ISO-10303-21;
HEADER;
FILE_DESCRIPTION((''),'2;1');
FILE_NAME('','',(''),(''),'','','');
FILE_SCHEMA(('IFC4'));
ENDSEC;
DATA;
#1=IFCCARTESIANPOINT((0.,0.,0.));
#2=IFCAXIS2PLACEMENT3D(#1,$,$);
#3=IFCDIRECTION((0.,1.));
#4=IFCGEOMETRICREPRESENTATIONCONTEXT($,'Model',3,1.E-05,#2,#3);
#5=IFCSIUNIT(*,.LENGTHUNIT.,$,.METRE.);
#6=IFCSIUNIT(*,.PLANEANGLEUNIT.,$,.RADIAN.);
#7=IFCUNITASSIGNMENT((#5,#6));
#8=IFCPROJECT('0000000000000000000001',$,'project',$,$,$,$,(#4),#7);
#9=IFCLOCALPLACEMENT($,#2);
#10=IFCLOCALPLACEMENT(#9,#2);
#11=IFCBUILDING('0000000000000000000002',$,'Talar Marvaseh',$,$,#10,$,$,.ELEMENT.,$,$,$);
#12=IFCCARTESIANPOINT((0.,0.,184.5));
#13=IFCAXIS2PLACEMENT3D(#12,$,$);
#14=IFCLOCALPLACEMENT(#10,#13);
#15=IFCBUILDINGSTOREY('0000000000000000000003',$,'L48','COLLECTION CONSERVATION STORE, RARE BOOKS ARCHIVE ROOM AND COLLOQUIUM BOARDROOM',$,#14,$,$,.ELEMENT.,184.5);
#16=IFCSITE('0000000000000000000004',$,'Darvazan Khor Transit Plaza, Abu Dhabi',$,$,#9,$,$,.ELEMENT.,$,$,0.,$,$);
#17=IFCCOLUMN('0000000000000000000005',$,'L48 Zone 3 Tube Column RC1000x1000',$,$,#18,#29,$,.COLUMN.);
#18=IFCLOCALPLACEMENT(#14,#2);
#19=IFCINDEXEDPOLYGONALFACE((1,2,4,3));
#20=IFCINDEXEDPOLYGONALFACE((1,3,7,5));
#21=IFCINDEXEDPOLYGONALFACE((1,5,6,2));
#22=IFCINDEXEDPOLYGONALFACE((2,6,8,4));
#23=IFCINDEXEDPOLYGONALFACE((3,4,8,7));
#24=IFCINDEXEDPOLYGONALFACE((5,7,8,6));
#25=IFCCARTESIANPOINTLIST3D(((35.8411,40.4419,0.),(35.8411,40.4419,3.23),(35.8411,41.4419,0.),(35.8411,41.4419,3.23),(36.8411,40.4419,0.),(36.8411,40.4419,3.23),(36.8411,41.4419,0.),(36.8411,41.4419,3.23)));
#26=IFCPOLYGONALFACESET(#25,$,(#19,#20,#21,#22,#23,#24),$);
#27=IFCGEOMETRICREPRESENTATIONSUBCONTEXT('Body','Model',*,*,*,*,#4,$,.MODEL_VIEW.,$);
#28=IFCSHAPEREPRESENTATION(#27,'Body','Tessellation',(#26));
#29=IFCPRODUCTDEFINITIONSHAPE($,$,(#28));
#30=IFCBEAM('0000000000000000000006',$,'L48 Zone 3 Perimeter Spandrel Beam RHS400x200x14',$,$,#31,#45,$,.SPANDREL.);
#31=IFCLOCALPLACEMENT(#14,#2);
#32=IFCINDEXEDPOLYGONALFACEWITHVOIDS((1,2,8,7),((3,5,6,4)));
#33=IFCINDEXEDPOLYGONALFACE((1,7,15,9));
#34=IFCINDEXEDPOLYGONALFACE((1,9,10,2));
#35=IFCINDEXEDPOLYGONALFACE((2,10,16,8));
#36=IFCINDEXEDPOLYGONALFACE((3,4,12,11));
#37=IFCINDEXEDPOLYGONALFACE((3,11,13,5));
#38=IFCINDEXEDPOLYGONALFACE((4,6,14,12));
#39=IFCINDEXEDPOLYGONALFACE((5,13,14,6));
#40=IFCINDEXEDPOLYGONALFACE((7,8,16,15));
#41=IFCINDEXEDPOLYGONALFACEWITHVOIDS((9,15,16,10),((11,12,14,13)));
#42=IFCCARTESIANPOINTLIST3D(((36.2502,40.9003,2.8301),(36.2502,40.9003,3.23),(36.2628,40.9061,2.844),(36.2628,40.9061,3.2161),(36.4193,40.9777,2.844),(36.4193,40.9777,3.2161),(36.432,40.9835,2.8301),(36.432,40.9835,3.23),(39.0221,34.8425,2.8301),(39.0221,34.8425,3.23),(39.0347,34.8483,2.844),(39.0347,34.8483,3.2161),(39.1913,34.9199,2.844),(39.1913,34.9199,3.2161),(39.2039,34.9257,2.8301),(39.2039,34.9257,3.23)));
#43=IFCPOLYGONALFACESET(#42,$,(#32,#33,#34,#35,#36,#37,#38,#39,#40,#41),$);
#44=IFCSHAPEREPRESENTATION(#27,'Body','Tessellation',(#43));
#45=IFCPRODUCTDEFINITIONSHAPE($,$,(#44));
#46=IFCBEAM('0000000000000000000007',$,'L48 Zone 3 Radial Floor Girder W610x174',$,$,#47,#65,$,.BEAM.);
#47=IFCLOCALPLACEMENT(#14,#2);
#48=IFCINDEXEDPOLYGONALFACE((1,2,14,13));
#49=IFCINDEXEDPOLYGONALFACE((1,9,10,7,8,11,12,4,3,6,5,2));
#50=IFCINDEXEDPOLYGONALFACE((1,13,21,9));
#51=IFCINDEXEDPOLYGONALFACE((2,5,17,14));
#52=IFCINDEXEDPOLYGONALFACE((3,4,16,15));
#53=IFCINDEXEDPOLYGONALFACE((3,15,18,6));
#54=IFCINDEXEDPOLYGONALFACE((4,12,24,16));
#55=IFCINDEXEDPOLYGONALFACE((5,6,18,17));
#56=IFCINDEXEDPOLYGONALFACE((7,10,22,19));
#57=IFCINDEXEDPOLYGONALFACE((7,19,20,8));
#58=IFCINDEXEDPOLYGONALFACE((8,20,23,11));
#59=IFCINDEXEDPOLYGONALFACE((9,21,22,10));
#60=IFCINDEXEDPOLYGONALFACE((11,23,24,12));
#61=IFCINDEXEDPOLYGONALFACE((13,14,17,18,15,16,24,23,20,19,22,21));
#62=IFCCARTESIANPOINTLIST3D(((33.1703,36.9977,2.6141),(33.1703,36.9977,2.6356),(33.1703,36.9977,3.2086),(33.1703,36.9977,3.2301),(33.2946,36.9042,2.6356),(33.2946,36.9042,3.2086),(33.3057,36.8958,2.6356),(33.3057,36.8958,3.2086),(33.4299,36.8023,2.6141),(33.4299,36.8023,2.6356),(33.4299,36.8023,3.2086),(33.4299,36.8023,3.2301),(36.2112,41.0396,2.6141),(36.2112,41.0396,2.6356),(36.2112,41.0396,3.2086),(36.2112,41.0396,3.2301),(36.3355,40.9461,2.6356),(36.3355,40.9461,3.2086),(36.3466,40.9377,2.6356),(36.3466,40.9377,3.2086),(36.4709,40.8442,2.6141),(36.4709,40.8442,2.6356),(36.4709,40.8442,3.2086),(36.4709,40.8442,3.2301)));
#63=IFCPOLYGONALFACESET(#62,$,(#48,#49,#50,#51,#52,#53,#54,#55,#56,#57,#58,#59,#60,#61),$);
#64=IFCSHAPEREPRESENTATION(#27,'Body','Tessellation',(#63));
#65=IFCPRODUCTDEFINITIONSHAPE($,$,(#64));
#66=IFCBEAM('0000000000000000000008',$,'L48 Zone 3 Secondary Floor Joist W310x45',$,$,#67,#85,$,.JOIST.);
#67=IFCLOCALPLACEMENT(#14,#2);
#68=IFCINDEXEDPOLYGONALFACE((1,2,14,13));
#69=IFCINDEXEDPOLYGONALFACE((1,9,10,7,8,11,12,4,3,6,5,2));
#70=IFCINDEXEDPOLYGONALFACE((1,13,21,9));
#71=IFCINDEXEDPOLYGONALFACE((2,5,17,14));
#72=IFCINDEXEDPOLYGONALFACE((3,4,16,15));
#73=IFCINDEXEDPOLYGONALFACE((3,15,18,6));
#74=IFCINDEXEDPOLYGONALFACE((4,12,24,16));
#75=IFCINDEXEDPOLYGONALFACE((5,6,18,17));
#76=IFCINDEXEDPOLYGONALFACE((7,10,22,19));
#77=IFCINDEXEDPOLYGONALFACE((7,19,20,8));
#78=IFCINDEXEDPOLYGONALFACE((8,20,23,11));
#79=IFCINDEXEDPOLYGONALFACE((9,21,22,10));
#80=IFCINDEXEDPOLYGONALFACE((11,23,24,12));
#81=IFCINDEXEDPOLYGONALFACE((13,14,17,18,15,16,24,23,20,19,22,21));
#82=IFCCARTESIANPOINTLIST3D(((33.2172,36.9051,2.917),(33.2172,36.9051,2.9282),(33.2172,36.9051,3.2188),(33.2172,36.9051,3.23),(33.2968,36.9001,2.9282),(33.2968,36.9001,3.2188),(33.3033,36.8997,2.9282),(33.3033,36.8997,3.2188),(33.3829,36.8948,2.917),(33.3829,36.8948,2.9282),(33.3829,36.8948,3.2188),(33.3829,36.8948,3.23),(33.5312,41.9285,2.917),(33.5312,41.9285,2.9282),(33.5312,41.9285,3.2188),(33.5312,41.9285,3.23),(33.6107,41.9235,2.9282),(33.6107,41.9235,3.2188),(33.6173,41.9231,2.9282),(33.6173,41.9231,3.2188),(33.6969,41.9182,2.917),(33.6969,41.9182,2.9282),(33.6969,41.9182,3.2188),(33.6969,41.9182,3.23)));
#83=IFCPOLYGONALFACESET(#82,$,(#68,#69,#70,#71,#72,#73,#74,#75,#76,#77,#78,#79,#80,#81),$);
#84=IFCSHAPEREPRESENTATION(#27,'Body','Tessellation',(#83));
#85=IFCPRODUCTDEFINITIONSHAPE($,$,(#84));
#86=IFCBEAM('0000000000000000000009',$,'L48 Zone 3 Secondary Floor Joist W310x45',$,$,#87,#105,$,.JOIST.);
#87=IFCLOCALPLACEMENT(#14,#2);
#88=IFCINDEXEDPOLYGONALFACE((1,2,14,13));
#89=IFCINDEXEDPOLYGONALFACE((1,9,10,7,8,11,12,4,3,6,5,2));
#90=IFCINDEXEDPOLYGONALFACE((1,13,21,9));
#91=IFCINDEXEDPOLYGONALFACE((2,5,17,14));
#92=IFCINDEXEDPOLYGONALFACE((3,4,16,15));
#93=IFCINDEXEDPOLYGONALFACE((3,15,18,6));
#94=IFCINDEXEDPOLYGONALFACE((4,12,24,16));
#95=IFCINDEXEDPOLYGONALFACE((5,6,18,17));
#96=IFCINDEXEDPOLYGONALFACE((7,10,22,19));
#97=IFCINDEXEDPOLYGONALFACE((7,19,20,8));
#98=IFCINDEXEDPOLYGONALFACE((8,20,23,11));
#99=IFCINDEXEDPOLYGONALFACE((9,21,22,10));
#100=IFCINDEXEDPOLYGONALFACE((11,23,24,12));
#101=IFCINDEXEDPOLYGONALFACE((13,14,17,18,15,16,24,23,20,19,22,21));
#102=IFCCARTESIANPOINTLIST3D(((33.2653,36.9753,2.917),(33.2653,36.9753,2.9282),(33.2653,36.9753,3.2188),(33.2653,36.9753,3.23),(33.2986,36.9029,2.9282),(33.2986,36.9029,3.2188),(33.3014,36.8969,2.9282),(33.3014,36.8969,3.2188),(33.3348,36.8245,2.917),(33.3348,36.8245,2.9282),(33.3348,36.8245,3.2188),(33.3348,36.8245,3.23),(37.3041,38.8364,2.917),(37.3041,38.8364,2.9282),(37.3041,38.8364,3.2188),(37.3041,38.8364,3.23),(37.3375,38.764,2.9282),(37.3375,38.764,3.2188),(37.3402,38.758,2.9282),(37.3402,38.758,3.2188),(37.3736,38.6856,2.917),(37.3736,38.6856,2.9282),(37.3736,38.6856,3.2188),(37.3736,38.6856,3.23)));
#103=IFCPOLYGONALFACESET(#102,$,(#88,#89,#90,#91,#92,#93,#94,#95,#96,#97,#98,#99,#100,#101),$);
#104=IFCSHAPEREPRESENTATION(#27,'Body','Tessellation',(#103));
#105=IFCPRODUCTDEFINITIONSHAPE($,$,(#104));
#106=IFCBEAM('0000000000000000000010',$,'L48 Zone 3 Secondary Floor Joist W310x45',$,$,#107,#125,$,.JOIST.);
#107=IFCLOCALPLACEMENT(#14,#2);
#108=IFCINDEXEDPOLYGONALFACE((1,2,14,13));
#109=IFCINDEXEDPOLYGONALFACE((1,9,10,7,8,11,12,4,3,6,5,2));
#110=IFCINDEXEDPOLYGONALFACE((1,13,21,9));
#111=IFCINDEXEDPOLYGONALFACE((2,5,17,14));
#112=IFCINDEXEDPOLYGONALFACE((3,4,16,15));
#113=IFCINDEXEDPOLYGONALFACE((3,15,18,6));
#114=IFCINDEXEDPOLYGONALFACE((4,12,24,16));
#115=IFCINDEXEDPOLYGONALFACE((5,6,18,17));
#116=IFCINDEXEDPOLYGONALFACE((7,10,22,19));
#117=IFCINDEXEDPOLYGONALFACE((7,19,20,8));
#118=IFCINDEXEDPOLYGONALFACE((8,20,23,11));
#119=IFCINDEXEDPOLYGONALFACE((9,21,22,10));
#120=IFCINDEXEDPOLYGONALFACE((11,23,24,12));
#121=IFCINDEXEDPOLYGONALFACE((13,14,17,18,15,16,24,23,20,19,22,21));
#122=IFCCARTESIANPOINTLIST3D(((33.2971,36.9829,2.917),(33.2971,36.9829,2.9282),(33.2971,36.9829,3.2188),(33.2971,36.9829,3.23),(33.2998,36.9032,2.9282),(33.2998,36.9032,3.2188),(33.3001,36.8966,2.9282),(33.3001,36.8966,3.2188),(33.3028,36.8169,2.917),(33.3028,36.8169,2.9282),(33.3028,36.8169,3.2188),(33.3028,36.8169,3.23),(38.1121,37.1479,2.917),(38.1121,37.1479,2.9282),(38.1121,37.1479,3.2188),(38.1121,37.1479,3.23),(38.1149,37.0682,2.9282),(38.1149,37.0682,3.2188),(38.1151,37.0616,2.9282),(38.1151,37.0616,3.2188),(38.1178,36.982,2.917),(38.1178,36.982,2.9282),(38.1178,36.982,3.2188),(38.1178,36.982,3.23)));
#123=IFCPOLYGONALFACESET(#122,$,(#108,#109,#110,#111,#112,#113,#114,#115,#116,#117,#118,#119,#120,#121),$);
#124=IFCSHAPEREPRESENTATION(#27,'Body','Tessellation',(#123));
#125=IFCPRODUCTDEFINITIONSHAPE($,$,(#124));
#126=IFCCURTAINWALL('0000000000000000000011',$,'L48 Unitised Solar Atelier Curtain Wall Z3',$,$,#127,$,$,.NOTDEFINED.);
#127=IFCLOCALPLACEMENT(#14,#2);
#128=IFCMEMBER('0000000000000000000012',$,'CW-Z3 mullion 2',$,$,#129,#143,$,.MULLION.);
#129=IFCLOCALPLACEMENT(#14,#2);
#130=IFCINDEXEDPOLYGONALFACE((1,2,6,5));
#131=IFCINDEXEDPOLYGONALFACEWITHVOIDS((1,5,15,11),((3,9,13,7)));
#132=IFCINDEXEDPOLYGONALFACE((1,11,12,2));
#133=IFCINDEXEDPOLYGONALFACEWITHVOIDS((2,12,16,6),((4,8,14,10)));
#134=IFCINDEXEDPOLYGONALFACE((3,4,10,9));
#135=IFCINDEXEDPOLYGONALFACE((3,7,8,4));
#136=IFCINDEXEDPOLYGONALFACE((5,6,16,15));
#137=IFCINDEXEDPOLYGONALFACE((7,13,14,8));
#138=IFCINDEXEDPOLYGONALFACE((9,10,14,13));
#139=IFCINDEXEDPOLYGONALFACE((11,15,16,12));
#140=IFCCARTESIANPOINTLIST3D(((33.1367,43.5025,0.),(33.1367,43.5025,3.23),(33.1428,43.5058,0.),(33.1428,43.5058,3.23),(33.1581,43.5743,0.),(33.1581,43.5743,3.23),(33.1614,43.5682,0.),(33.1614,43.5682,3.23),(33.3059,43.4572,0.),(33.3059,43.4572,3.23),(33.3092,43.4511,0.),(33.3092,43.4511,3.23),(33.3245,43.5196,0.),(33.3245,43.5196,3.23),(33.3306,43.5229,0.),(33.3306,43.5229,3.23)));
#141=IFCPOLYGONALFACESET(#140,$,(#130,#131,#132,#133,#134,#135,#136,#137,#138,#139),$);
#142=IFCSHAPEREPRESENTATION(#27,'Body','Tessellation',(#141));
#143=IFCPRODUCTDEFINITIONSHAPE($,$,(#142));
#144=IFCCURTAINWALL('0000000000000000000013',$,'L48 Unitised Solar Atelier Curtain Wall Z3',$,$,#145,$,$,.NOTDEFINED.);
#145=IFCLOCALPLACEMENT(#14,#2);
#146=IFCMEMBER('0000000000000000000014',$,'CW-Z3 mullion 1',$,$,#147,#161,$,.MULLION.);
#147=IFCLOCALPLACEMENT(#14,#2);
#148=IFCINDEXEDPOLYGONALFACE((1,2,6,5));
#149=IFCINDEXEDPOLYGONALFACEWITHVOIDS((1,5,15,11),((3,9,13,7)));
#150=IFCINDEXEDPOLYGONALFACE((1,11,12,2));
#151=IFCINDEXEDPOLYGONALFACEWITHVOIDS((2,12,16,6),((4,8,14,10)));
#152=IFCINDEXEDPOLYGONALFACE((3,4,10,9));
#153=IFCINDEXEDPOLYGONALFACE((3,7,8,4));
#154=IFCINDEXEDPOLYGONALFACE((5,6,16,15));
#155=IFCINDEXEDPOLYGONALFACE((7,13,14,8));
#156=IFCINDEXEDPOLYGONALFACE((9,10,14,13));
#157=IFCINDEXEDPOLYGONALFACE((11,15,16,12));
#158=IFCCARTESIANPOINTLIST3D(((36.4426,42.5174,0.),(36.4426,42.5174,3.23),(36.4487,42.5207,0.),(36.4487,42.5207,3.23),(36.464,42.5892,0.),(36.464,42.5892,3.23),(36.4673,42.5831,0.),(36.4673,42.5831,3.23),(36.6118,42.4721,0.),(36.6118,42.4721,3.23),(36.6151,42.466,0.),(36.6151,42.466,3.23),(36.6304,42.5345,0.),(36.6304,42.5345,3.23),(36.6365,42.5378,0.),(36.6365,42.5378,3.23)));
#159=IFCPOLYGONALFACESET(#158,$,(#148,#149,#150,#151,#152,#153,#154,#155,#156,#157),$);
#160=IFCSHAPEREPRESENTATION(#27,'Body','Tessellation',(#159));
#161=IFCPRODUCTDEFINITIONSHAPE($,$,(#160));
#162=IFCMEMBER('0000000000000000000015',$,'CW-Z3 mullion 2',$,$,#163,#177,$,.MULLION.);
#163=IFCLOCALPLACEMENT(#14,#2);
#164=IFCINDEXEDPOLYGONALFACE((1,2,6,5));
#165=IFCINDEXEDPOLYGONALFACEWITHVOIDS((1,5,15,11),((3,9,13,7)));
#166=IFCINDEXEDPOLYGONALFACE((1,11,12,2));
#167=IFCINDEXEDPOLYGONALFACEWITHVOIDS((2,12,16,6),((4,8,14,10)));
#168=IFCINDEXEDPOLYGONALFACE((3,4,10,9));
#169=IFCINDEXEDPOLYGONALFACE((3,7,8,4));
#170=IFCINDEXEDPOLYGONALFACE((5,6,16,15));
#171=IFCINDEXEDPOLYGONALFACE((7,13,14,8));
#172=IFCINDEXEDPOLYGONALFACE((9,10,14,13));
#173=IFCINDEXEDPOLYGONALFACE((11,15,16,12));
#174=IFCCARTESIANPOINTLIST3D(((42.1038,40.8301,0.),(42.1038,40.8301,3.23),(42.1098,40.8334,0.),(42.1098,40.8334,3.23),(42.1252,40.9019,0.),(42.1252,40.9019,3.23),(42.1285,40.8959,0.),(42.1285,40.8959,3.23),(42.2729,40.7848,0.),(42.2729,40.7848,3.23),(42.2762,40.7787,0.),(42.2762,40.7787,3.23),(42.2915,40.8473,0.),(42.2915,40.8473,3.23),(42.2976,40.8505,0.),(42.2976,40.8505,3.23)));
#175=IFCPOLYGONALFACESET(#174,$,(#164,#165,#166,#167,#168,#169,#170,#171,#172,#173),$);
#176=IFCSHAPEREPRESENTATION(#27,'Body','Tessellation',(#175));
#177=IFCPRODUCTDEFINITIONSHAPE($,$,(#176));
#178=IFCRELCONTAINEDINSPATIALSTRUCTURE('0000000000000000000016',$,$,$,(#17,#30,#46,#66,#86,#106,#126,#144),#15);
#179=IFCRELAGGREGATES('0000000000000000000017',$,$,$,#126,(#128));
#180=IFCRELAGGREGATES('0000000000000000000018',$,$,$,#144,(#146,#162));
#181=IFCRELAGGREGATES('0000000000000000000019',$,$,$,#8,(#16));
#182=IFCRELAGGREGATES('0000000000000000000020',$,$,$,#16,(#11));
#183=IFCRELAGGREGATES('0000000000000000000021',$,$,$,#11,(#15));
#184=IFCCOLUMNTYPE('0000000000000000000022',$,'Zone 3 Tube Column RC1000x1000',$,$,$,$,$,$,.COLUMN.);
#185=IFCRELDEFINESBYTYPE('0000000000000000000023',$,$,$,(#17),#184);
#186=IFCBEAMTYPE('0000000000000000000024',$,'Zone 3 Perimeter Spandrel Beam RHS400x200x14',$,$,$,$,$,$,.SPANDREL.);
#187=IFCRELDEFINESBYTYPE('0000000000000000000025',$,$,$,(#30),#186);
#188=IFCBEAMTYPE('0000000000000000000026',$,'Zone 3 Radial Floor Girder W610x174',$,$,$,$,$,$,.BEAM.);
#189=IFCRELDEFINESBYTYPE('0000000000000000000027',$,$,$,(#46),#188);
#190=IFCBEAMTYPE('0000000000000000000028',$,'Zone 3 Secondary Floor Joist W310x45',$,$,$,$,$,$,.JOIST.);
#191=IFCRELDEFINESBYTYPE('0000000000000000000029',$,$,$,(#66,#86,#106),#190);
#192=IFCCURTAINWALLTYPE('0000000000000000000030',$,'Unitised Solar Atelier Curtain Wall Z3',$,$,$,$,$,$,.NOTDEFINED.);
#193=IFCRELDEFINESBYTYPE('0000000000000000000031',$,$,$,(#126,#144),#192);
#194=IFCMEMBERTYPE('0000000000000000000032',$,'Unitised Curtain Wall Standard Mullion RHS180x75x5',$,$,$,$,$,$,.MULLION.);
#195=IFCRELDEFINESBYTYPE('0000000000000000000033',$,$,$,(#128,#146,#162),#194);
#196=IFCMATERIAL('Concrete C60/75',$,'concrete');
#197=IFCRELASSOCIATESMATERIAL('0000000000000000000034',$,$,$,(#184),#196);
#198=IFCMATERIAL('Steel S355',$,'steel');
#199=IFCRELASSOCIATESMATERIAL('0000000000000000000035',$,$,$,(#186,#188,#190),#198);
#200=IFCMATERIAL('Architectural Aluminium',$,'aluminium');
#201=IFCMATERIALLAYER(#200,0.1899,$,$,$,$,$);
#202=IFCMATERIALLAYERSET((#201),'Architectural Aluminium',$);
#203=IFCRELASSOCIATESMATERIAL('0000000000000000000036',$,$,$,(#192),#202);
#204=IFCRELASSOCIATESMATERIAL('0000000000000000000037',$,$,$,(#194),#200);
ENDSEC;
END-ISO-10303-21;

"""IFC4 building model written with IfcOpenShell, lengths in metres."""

from ifc_helpers import new_model, si_unit, direction, frame, origin, origin_2d, place, context, subcontext, project, spatial, rectangle, hollow_rectangle, i_section, extrude, source, transform, mapped, material, layer, layer_set, material_profile, profile_set, type_object, type_shapes, element, aggregate, save


model = new_model("IFC4")

# Units and contexts
model_context = context("Model", 3, precision=1e-05, world=origin(), true_north=direction((0.0, 1.0)))
body_context = subcontext(model_context, "Body", "Model", "MODEL_VIEW")
ifc_project = project(units=[si_unit("LENGTHUNIT", "METRE"), si_unit("PLANEANGLEUNIT", "RADIAN")], contexts=[model_context])

# Site, building, storey
site_placement = place(None, origin())
site = spatial("IfcSite", under=ifc_project, at=site_placement, Name="Darvazan Khor Transit Plaza, Abu Dhabi", CompositionType="ELEMENT", RefElevation=0.0)
building_placement = place(site_placement, origin())
building = spatial("IfcBuilding", under=site, at=building_placement, Name="Talar Marvaseh", CompositionType="ELEMENT")
storey_placement = place(building_placement, frame((0.0, 0.0, 184.5)))
storey = spatial("IfcBuildingStorey", under=building, at=storey_placement, Name="L48", Description="COLLECTION CONSERVATION STORE, RARE BOOKS ARCHIVE ROOM AND COLLOQUIUM BOARDROOM", CompositionType="ELEMENT", Elevation=184.5)

# Column
ifc_material_1 = material(Name="Concrete C60/75", Category="concrete")
ifc_material_profile_1 = material_profile(ifc_material_1, rectangle(XDim=1.0, YDim=1.0, at=origin_2d()), Name="RC1000x1000")
ifc_profile_set_1 = profile_set([ifc_material_profile_1], Name="Concrete C60/75")
column_type = type_object("IfcColumnType", Name="Zone 3 Tube Column RC1000x1000", PredefinedType="COLUMN", material=ifc_profile_set_1)
column_placement = place(storey_placement, frame((36.3411, 40.9419, 0.0), z_axis=(0.0, 0.0, 1.0), x_axis=(1.0, 0.0, 0.0)))
element("IfcColumn", 1, at=column_placement, inside=storey, type_object=column_type, Name="L48 Zone 3 Tube Column RC1000x1000", PredefinedType="COLUMN", context=body_context, shape_type="SweptSolid", body=[
    extrude(rectangle(XDim=1.0, YDim=1.0, at=origin_2d()), origin(), (0.0, 0.0, 1.0), 3.23),
])

# Beams
ifc_material_2 = material(Name="Steel S355", Category="steel")
ifc_material_profile_2 = material_profile(ifc_material_2, hollow_rectangle(XDim=0.2, YDim=0.3999, WallThickness=0.0139, at=origin_2d()), Name="RHS400x200x14")
ifc_profile_set_2 = profile_set([ifc_material_profile_2], Name="Steel S355")
beam_type_1 = type_object("IfcBeamType", Name="Zone 3 Perimeter Spandrel Beam RHS400x200x14", PredefinedType="SPANDREL", material=ifc_profile_set_2)
beam_1_placement = place(storey_placement, frame((36.3411, 40.9419, 3.03), z_axis=(0.416091, -0.909323, 0.0), x_axis=(0.909323, 0.416091, 0.0)))
element("IfcBeam", 2, at=beam_1_placement, inside=storey, type_object=beam_type_1, Name="L48 Zone 3 Perimeter Spandrel Beam RHS400x200x14", PredefinedType="SPANDREL", context=body_context, shape_type="SweptSolid", body=[
    extrude(hollow_rectangle(XDim=0.2, YDim=0.3999, WallThickness=0.0139, at=origin_2d()), origin(), (0.0, 0.0, 1.0), 6.6619),
])
ifc_material_profile_3 = material_profile(ifc_material_2, i_section(OverallWidth=0.325, OverallDepth=0.616, WebThickness=0.0139, FlangeThickness=0.0215, at=origin_2d()), Name="W610x174")
ifc_profile_set_3 = profile_set([ifc_material_profile_3], Name="Steel S355")
beam_type_2 = type_object("IfcBeamType", Name="Zone 3 Radial Floor Girder W610x174", PredefinedType="BEAM", material=ifc_profile_set_3)
beam_2_placement = place(storey_placement, frame((36.3411, 40.9419, 2.9221), z_axis=(-0.601204, -0.799096, 0.0), x_axis=(0.799096, -0.601204, 0.0)))
element("IfcBeam", 3, at=beam_2_placement, inside=storey, type_object=beam_type_2, Name="L48 Zone 3 Radial Floor Girder W610x174", PredefinedType="BEAM", context=body_context, shape_type="SweptSolid", body=[
    extrude(i_section(OverallWidth=0.325, OverallDepth=0.616, WebThickness=0.0139, FlangeThickness=0.0215, at=origin_2d()), origin(), (0.0, 0.0, 1.0), 5.0581),
])
ifc_material_profile_4 = material_profile(ifc_material_2, i_section(OverallWidth=0.166, OverallDepth=0.313, WebThickness=0.0066, FlangeThickness=0.0112, at=origin_2d()), Name="W310x45")
ifc_profile_set_4 = profile_set([ifc_material_profile_4], Name="Steel S355")
beam_type_3 = type_object("IfcBeamType", Name="Zone 3 Secondary Floor Joist W310x45", PredefinedType="JOIST", material=ifc_profile_set_4)
beam_3_placement = place(storey_placement, frame((33.614, 41.9233, 3.0735), z_axis=(-0.062378, -0.998053, 0.0), x_axis=(0.998053, -0.062378, 0.0)))
element("IfcBeam", 4, at=beam_3_placement, inside=storey, type_object=beam_type_3, Name="L48 Zone 3 Secondary Floor Joist W310x45", PredefinedType="JOIST", context=body_context, shape_type="SweptSolid", body=[
    extrude(i_section(OverallWidth=0.166, OverallDepth=0.313, WebThickness=0.0066, FlangeThickness=0.0112, at=origin_2d()), origin(), (0.0, 0.0, 1.0), 5.0332),
])
beam_4_placement = place(storey_placement, frame((37.3389, 38.761, 3.0735), z_axis=(-0.908215, -0.418505, 0.0), x_axis=(0.418505, -0.908215, 0.0)))
element("IfcBeam", 5, at=beam_4_placement, inside=storey, type_object=beam_type_3, Name="L48 Zone 3 Secondary Floor Joist W310x45", PredefinedType="JOIST", context=body_context, shape_type="SweptSolid", body=[
    extrude(i_section(OverallWidth=0.166, OverallDepth=0.313, WebThickness=0.0066, FlangeThickness=0.0112, at=origin_2d()), origin(), (0.0, 0.0, 1.0), 4.447),
])
beam_5_placement = place(storey_placement, frame((38.115, 37.0649, 3.0735), z_axis=(-0.999413, -0.034256, 0.0), x_axis=(0.034256, -0.999413, 0.0)))
element("IfcBeam", 6, at=beam_5_placement, inside=storey, type_object=beam_type_3, Name="L48 Zone 3 Secondary Floor Joist W310x45", PredefinedType="JOIST", context=body_context, shape_type="SweptSolid", body=[
    extrude(i_section(OverallWidth=0.166, OverallDepth=0.313, WebThickness=0.0066, FlangeThickness=0.0112, at=origin_2d()), origin(), (0.0, 0.0, 1.0), 4.8179),
])

# Curtain wall, member
ifc_material_3 = material(Name="Architectural Aluminium", Category="aluminium")
ifc_layer_1 = layer(ifc_material_3, 0.1899)
ifc_layer_set_1 = layer_set([ifc_layer_1], Name="Architectural Aluminium")
curtain_wall_type = type_object("IfcCurtainWallType", Name="Unitised Solar Atelier Curtain Wall Z3", PredefinedType="NOTDEFINED", material=ifc_layer_set_1)
curtain_wall_1_placement = place(storey_placement, origin())
curtain_wall_1 = element("IfcCurtainWall", 7, at=curtain_wall_1_placement, inside=storey, type_object=curtain_wall_type, Name="L48 Unitised Solar Atelier Curtain Wall Z3", PredefinedType="NOTDEFINED")
ifc_material_profile_5 = material_profile(ifc_material_3, hollow_rectangle(XDim=0.075, YDim=0.1799, WallThickness=0.0049, at=origin_2d()), Name="RHS180x75x5")
ifc_profile_set_5 = profile_set([ifc_material_profile_5], Name="Architectural Aluminium")
member_type_1 = type_object("IfcMemberType", Name="Unitised Curtain Wall Standard Mullion RHS180x75x5", PredefinedType="MULLION", material=ifc_profile_set_5)
shared_shape_1 = source(origin(), body_context, "Body", "SweptSolid", [
    extrude(hollow_rectangle(XDim=0.075, YDim=0.1799, WallThickness=0.0049, at=origin_2d()), origin(), (0.0, 0.0, 1.0), 3.23),
])
type_shapes(member_type_1, [shared_shape_1])
member_1_placement = place(storey_placement, frame((33.2336, 43.5127, 0.0), z_axis=(0.0, 0.0, 1.0), x_axis=(0.28563, 0.95834, 0.0)))
member_1 = element("IfcMember", 8, at=member_1_placement, type_object=member_type_1, Name="CW-Z3 mullion 2", PredefinedType="MULLION", context=body_context, shape_type="MappedRepresentation", body=[
    mapped(shared_shape_1, transform((0.0, 0.0, 0.0), x_axis=(1.0, 0.0, 0.0), y_axis=(0.0, 1.0, 0.0), z_axis=(0.0, 0.0, 1.0), scale=1.0)),
])
aggregate(curtain_wall_1, [member_1])

# Curtain wall, members
curtain_wall_2_placement = place(storey_placement, origin())
curtain_wall_2 = element("IfcCurtainWall", 9, at=curtain_wall_2_placement, inside=storey, type_object=curtain_wall_type, Name="L48 Unitised Solar Atelier Curtain Wall Z3", PredefinedType="NOTDEFINED")
member_2_placement = place(storey_placement, frame((36.5396, 42.5276, 0.0), z_axis=(0.0, 0.0, 1.0), x_axis=(0.28563, 0.95834, 0.0)))
member_2 = element("IfcMember", 10, at=member_2_placement, type_object=member_type_1, Name="CW-Z3 mullion 1", PredefinedType="MULLION", context=body_context, shape_type="MappedRepresentation", body=[
    mapped(shared_shape_1, transform((0.0, 0.0, 0.0), x_axis=(1.0, 0.0, 0.0), y_axis=(0.0, 1.0, 0.0), z_axis=(0.0, 0.0, 1.0), scale=1.0)),
])
member_3_placement = place(storey_placement, frame((42.2007, 40.8403, 0.0), z_axis=(0.0, 0.0, 1.0), x_axis=(0.28563, 0.95834, 0.0)))
member_3 = element("IfcMember", 11, at=member_3_placement, type_object=member_type_1, Name="CW-Z3 mullion 2", PredefinedType="MULLION", context=body_context, shape_type="MappedRepresentation", body=[
    mapped(shared_shape_1, transform((0.0, 0.0, 0.0), x_axis=(1.0, 0.0, 0.0), y_axis=(0.0, 1.0, 0.0), z_axis=(0.0, 0.0, 1.0), scale=1.0)),
])

aggregate(curtain_wall_2, [member_2, member_3])

save(model, "model.ifc")
